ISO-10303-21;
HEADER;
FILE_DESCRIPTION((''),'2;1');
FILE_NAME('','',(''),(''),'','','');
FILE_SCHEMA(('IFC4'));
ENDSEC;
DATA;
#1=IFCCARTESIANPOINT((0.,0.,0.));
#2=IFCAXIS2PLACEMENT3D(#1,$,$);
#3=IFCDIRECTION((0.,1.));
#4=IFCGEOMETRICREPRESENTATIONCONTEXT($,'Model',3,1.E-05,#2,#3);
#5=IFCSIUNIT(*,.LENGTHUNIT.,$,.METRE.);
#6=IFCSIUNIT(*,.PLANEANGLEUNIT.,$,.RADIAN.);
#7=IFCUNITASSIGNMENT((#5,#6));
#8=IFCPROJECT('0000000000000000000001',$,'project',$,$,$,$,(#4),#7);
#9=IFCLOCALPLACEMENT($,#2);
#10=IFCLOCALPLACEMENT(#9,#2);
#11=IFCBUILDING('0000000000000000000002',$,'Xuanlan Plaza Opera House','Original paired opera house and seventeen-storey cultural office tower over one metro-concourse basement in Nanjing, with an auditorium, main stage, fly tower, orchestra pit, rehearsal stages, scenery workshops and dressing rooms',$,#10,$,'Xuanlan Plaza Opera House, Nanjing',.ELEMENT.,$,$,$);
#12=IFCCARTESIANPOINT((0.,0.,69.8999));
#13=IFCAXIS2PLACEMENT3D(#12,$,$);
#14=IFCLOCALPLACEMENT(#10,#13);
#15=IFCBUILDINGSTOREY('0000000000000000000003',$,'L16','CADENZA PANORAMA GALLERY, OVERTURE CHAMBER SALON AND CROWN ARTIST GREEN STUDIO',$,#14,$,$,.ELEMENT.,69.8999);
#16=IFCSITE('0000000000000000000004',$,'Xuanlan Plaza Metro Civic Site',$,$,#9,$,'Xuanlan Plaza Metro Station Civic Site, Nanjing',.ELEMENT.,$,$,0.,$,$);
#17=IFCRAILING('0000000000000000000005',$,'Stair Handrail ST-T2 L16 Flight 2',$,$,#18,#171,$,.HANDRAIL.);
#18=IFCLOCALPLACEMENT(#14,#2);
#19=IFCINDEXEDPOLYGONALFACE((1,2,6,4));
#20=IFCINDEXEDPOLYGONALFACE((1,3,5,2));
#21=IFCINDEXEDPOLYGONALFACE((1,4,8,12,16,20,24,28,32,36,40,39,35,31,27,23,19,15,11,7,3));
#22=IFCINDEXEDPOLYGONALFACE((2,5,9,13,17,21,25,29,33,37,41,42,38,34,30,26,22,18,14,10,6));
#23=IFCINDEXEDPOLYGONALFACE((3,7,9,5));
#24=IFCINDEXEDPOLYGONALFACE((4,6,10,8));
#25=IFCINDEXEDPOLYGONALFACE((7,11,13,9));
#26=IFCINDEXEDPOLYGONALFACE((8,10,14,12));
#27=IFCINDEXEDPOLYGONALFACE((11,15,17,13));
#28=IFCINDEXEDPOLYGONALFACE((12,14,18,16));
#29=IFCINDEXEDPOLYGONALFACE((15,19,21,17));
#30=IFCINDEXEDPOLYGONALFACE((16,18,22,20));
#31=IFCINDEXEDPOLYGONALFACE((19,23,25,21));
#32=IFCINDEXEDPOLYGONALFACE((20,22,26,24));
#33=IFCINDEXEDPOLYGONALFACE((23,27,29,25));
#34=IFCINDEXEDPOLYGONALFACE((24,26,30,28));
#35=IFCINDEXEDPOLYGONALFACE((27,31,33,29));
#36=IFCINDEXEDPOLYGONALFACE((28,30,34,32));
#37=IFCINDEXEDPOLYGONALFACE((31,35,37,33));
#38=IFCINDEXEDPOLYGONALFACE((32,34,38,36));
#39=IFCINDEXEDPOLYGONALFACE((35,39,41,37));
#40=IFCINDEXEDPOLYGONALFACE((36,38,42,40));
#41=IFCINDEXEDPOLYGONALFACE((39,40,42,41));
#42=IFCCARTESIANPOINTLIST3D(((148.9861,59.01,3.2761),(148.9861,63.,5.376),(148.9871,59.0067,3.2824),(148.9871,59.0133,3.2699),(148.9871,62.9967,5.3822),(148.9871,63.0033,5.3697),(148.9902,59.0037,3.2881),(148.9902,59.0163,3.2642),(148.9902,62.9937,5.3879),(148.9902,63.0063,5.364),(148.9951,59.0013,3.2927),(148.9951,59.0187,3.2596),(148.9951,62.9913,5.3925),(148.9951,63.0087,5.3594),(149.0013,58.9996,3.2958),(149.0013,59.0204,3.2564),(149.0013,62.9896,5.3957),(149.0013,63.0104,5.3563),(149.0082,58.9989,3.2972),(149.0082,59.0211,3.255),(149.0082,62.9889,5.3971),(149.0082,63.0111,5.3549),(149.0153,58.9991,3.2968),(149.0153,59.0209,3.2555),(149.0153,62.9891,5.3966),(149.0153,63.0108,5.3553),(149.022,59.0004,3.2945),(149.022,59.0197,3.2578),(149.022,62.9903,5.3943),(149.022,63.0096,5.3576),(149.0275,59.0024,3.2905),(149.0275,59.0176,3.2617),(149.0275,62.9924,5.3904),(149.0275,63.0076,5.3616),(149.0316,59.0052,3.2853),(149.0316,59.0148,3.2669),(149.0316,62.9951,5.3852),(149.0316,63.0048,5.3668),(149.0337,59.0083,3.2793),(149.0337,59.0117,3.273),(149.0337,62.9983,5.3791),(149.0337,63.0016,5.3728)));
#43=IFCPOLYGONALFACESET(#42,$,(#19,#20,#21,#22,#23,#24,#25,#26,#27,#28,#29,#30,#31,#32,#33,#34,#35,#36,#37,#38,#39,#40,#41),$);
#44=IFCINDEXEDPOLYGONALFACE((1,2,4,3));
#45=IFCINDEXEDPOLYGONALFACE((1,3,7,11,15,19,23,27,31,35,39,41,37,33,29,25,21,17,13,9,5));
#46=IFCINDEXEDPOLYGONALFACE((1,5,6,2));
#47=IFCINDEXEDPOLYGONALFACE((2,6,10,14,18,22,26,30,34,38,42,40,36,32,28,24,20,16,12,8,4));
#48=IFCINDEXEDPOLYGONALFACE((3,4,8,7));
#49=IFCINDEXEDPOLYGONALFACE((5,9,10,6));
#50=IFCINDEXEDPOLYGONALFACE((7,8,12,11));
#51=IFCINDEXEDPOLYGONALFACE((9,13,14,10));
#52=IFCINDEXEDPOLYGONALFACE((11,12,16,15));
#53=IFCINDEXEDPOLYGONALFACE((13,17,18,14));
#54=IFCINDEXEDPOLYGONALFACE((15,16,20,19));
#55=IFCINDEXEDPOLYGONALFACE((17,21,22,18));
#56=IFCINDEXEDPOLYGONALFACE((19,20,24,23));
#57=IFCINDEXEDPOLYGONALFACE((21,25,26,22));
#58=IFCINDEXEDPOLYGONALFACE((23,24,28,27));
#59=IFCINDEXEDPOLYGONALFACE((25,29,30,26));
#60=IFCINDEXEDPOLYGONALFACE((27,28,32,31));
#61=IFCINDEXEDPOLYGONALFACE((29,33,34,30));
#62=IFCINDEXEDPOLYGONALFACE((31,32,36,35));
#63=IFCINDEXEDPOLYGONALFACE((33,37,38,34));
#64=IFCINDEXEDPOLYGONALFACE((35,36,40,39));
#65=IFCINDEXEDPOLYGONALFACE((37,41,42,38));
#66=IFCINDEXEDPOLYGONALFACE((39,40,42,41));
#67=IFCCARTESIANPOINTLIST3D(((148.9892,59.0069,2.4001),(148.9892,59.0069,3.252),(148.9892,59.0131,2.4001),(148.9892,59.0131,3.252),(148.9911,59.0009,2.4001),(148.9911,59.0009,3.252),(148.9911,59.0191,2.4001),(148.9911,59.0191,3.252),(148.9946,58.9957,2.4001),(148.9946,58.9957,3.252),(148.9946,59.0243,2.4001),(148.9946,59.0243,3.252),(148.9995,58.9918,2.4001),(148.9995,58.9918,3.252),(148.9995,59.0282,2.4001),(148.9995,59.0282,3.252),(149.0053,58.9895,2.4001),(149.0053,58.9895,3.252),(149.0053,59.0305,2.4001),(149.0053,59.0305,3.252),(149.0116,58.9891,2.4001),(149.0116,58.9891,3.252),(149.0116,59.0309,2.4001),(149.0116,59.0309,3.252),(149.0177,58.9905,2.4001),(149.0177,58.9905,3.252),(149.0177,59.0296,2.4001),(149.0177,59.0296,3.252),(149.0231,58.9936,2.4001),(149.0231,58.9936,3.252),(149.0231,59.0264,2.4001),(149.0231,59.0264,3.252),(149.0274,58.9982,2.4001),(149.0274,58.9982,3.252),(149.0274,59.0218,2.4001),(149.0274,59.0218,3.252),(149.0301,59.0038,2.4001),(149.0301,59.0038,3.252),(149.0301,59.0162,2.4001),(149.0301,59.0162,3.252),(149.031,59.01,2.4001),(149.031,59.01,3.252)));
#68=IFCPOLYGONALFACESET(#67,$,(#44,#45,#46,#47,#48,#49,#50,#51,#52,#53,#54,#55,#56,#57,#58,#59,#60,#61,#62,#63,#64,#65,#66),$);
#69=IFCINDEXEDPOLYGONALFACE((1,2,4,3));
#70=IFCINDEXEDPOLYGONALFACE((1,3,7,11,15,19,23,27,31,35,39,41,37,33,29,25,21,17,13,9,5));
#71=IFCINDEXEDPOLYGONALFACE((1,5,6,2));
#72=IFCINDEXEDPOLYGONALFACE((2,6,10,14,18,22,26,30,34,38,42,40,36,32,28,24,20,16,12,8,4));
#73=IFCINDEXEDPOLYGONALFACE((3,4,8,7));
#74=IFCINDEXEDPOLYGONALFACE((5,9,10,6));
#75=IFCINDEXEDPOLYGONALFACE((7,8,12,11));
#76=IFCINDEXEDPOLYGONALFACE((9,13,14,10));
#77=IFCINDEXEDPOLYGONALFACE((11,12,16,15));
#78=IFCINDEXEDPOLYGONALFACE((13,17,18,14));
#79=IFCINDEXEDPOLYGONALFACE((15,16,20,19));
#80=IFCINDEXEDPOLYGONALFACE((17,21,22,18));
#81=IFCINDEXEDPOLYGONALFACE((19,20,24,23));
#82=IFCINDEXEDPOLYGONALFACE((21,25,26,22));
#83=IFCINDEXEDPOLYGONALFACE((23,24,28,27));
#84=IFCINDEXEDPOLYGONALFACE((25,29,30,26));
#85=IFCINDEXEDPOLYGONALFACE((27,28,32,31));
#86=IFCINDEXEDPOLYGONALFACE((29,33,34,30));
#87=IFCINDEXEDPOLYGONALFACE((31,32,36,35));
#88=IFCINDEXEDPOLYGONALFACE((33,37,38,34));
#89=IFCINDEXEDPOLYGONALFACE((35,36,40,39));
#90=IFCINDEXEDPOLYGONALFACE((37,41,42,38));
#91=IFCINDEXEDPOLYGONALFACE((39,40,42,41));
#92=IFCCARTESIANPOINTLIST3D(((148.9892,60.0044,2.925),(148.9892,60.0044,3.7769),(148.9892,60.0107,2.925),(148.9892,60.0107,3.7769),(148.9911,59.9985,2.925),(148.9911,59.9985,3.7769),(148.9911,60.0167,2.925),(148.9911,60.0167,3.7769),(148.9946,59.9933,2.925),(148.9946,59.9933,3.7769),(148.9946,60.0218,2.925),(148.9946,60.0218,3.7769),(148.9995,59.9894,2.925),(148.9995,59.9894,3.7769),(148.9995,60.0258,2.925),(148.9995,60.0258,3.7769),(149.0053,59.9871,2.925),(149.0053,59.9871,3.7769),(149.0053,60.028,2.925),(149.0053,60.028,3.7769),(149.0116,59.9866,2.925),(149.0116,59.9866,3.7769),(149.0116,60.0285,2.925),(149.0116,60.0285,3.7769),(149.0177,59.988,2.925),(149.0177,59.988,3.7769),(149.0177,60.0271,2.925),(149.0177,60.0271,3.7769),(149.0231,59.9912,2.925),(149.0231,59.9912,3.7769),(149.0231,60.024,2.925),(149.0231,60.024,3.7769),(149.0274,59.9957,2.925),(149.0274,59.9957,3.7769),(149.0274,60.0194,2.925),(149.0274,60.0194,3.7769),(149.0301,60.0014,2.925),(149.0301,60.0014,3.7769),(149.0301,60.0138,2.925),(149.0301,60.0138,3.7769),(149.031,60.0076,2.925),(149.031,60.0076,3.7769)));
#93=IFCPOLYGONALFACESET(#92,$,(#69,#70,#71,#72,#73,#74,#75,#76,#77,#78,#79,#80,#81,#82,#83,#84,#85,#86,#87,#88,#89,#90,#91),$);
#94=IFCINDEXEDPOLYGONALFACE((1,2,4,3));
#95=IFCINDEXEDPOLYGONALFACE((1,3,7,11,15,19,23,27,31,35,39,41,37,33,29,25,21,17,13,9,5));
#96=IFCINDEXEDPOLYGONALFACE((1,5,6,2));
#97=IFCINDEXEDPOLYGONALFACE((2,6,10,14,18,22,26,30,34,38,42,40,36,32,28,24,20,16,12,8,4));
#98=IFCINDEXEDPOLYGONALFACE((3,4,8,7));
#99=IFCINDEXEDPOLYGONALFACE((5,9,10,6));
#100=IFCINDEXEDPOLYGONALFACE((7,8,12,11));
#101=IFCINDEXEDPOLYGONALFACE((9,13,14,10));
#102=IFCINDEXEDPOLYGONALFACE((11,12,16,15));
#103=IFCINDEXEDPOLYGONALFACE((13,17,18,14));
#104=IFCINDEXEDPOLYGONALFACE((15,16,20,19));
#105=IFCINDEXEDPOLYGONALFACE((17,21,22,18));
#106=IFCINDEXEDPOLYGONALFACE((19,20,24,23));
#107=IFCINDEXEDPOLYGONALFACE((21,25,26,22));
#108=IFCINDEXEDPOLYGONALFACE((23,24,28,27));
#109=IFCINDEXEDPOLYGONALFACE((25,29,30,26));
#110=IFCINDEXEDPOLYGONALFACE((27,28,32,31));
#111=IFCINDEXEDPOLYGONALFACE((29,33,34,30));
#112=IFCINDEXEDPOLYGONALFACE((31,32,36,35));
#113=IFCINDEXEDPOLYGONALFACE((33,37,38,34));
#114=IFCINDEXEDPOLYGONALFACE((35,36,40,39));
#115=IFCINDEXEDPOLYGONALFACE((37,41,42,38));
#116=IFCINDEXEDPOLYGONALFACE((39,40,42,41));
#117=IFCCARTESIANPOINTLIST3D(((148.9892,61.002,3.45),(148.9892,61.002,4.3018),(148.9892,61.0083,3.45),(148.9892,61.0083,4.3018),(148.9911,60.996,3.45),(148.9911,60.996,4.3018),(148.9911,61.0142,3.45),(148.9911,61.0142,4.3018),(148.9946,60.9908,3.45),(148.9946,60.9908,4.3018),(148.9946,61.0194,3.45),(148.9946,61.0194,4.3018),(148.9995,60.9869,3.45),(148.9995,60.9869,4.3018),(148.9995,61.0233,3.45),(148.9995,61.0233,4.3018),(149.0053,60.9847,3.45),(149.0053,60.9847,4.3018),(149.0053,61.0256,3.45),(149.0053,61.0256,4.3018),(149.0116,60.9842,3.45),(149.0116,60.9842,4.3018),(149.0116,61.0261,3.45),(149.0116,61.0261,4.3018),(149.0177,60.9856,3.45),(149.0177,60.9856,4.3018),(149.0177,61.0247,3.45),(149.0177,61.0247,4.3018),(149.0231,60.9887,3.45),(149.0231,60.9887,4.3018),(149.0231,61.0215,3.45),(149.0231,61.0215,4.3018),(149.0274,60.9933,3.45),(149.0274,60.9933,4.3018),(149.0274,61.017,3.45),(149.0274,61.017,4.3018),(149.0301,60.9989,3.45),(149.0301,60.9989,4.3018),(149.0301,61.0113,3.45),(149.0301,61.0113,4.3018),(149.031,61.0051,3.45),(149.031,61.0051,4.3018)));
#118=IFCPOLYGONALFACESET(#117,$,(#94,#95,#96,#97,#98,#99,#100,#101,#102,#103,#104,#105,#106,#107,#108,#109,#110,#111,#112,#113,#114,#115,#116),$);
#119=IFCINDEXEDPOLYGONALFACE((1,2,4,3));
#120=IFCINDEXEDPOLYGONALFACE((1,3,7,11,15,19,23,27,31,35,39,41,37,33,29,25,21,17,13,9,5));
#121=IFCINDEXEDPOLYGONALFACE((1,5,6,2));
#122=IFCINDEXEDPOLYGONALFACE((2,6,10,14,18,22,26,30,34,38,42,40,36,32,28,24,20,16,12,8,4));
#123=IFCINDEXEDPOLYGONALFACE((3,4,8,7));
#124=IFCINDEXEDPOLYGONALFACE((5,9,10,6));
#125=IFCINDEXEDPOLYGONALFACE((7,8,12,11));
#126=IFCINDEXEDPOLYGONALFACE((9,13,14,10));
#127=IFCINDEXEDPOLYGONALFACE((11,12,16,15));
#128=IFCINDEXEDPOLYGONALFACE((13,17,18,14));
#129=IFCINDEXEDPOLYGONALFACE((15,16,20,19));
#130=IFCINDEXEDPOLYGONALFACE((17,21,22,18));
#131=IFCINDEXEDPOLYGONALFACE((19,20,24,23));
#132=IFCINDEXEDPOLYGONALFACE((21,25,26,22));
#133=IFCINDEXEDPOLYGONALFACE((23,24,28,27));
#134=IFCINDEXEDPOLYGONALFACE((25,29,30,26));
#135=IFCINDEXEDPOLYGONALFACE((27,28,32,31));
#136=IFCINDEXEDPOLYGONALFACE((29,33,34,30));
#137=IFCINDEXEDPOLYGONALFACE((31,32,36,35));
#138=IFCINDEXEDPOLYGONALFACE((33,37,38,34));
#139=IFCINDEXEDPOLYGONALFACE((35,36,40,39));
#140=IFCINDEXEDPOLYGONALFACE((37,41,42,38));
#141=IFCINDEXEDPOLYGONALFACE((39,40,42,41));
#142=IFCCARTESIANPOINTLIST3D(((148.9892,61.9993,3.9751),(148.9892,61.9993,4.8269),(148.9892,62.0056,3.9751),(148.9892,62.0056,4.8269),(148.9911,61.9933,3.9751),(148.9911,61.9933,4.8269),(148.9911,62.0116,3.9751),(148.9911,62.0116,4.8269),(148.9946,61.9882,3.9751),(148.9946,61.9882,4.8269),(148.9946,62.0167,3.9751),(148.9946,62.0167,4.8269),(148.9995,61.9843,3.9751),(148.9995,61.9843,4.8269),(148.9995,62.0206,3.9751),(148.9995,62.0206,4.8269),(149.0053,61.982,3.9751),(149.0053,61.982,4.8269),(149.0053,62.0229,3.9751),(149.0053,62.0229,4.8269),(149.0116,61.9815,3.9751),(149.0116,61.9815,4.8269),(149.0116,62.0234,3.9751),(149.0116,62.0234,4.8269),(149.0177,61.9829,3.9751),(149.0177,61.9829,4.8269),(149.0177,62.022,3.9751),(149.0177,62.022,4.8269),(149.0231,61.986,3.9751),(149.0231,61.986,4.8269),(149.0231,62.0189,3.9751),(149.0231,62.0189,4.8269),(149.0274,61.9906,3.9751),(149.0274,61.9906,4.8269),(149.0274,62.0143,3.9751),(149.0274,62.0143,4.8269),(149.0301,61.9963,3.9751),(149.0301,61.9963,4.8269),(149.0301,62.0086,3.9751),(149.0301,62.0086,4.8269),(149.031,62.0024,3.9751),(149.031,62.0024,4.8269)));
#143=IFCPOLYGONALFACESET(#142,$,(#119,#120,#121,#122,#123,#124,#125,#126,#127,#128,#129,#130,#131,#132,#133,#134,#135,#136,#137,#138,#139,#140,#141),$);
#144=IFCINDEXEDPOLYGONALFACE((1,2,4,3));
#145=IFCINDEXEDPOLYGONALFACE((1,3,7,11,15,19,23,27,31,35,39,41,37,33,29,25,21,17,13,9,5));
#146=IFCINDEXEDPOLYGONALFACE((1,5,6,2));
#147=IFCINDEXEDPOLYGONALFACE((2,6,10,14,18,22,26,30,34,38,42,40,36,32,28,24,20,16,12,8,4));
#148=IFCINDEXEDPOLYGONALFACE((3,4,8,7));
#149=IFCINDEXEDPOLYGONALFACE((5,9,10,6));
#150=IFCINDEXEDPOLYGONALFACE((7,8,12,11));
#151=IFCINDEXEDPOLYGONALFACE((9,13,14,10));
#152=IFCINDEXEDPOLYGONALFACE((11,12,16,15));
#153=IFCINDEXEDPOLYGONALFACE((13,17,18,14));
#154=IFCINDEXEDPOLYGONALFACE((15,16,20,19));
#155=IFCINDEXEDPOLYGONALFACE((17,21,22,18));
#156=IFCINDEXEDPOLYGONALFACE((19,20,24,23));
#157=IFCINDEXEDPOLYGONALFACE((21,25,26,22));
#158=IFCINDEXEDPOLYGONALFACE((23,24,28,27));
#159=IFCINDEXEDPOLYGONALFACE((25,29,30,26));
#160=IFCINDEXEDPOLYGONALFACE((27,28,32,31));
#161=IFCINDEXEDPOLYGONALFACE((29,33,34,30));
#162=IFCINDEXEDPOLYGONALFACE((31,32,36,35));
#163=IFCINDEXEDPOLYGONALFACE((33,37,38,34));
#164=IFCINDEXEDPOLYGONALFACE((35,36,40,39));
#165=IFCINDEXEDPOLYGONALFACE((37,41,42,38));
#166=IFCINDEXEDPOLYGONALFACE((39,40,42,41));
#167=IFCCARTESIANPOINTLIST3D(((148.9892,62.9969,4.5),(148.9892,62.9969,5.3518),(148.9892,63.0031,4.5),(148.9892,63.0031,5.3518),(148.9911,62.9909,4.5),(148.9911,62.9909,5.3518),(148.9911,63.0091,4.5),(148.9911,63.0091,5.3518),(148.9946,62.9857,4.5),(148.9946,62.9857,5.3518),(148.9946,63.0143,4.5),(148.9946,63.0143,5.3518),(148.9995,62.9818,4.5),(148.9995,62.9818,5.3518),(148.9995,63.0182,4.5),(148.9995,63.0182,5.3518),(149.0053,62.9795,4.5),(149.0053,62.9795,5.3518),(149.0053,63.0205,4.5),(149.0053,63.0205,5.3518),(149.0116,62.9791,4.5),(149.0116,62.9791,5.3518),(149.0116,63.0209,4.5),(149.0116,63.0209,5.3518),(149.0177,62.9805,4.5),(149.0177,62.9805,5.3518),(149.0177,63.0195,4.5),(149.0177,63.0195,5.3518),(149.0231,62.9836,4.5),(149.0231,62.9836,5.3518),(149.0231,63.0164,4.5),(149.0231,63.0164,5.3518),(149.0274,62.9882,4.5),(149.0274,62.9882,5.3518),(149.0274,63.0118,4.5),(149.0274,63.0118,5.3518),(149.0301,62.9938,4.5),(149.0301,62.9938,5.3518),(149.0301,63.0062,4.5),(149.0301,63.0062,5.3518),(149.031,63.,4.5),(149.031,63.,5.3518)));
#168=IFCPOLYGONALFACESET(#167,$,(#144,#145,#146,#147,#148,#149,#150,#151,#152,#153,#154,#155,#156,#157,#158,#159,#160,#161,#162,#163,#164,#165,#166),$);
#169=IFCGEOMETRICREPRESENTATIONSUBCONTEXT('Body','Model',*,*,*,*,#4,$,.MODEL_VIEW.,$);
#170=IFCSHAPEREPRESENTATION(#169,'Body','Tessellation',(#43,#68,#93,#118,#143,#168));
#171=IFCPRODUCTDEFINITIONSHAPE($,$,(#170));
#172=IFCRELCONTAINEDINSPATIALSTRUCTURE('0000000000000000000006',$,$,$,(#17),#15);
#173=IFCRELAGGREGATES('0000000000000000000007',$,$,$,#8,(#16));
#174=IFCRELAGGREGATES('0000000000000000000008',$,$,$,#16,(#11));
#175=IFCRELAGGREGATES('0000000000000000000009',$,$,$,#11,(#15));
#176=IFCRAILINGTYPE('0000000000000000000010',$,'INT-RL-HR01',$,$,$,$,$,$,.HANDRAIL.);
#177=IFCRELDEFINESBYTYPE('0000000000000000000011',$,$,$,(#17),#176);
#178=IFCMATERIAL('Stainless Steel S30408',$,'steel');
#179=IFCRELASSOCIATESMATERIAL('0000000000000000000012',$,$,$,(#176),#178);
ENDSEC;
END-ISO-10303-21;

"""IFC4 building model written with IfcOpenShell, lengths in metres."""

from ifc_helpers import new_model, si_unit, direction, frame, origin, origin_2d, place, context, subcontext, project, spatial, circle, extrude, material, type_object, element, save


model = new_model("IFC4")

# Units and contexts
model_context = context("Model", 3, precision=1e-05, world=origin(), true_north=direction((0.0, 1.0)))
body_context = subcontext(model_context, "Body", "Model", "MODEL_VIEW")
ifc_project = project(units=[si_unit("LENGTHUNIT", "METRE"), si_unit("PLANEANGLEUNIT", "RADIAN")], contexts=[model_context])

# Site, building, storey
site_placement = place(None, origin())
site = spatial("IfcSite", under=ifc_project, at=site_placement, Name="Xuanlan Plaza Metro Civic Site", LongName="Xuanlan Plaza Metro Station Civic Site, Nanjing", CompositionType="ELEMENT", RefElevation=0.0)
building_placement = place(site_placement, origin())
building = spatial("IfcBuilding", under=site, at=building_placement, Name="Xuanlan Plaza Opera House", Description="Original paired opera house and seventeen-storey cultural office tower over one metro-concourse basement in Nanjing, with an auditorium, main stage, fly tower, orchestra pit, rehearsal stages, scenery workshops and dressing rooms", LongName="Xuanlan Plaza Opera House, Nanjing", CompositionType="ELEMENT")
storey_placement = place(building_placement, frame((0.0, 0.0, 69.8999)))
storey = spatial("IfcBuildingStorey", under=building, at=storey_placement, Name="L16", Description="CADENZA PANORAMA GALLERY, OVERTURE CHAMBER SALON AND CROWN ARTIST GREEN STUDIO", CompositionType="ELEMENT", Elevation=69.8999)

# Shared definitions
ifc_material_1 = material(Name="Stainless Steel S30408", Category="steel")

# Railing
railing_type = type_object("IfcRailingType", Name="INT-RL-HR01", PredefinedType="HANDRAIL", material=ifc_material_1)
railing_placement = place(storey_placement, frame((149.01, 59.01, 2.4001)))
element("IfcRailing", 1, at=railing_placement, inside=storey, type_object=railing_type, Name="Stair Handrail ST-T2 L16 Flight 2", PredefinedType="HANDRAIL", context=body_context, shape_type="SweptSolid", body=[
    extrude(circle(Radius=0.0239, at=origin_2d()), frame((0.0, 0.0, 0.876), z_axis=(0.0, 0.884931, 0.465722), x_axis=(-1.0, 0.0, 0.0)), (0.0, 0.0, 1.0), 4.5088),
    extrude(circle(Radius=0.021, at=origin_2d()), origin(), (0.0, 0.0, 1.0), 0.8518),
    extrude(circle(Radius=0.021, at=origin_2d()), frame((0.0, 0.9976, 0.5249)), (0.0, 0.0, 1.0), 0.8518),
    extrude(circle(Radius=0.021, at=origin_2d()), frame((0.0, 1.9951, 1.0498)), (0.0, 0.0, 1.0), 0.8518),
    extrude(circle(Radius=0.021, at=origin_2d()), frame((0.0, 2.9924, 1.575)), (0.0, 0.0, 1.0), 0.8518),
    extrude(circle(Radius=0.021, at=origin_2d()), frame((0.0, 3.99, 2.0999)), (0.0, 0.0, 1.0), 0.8518),
])

save(model, "model.ifc")
